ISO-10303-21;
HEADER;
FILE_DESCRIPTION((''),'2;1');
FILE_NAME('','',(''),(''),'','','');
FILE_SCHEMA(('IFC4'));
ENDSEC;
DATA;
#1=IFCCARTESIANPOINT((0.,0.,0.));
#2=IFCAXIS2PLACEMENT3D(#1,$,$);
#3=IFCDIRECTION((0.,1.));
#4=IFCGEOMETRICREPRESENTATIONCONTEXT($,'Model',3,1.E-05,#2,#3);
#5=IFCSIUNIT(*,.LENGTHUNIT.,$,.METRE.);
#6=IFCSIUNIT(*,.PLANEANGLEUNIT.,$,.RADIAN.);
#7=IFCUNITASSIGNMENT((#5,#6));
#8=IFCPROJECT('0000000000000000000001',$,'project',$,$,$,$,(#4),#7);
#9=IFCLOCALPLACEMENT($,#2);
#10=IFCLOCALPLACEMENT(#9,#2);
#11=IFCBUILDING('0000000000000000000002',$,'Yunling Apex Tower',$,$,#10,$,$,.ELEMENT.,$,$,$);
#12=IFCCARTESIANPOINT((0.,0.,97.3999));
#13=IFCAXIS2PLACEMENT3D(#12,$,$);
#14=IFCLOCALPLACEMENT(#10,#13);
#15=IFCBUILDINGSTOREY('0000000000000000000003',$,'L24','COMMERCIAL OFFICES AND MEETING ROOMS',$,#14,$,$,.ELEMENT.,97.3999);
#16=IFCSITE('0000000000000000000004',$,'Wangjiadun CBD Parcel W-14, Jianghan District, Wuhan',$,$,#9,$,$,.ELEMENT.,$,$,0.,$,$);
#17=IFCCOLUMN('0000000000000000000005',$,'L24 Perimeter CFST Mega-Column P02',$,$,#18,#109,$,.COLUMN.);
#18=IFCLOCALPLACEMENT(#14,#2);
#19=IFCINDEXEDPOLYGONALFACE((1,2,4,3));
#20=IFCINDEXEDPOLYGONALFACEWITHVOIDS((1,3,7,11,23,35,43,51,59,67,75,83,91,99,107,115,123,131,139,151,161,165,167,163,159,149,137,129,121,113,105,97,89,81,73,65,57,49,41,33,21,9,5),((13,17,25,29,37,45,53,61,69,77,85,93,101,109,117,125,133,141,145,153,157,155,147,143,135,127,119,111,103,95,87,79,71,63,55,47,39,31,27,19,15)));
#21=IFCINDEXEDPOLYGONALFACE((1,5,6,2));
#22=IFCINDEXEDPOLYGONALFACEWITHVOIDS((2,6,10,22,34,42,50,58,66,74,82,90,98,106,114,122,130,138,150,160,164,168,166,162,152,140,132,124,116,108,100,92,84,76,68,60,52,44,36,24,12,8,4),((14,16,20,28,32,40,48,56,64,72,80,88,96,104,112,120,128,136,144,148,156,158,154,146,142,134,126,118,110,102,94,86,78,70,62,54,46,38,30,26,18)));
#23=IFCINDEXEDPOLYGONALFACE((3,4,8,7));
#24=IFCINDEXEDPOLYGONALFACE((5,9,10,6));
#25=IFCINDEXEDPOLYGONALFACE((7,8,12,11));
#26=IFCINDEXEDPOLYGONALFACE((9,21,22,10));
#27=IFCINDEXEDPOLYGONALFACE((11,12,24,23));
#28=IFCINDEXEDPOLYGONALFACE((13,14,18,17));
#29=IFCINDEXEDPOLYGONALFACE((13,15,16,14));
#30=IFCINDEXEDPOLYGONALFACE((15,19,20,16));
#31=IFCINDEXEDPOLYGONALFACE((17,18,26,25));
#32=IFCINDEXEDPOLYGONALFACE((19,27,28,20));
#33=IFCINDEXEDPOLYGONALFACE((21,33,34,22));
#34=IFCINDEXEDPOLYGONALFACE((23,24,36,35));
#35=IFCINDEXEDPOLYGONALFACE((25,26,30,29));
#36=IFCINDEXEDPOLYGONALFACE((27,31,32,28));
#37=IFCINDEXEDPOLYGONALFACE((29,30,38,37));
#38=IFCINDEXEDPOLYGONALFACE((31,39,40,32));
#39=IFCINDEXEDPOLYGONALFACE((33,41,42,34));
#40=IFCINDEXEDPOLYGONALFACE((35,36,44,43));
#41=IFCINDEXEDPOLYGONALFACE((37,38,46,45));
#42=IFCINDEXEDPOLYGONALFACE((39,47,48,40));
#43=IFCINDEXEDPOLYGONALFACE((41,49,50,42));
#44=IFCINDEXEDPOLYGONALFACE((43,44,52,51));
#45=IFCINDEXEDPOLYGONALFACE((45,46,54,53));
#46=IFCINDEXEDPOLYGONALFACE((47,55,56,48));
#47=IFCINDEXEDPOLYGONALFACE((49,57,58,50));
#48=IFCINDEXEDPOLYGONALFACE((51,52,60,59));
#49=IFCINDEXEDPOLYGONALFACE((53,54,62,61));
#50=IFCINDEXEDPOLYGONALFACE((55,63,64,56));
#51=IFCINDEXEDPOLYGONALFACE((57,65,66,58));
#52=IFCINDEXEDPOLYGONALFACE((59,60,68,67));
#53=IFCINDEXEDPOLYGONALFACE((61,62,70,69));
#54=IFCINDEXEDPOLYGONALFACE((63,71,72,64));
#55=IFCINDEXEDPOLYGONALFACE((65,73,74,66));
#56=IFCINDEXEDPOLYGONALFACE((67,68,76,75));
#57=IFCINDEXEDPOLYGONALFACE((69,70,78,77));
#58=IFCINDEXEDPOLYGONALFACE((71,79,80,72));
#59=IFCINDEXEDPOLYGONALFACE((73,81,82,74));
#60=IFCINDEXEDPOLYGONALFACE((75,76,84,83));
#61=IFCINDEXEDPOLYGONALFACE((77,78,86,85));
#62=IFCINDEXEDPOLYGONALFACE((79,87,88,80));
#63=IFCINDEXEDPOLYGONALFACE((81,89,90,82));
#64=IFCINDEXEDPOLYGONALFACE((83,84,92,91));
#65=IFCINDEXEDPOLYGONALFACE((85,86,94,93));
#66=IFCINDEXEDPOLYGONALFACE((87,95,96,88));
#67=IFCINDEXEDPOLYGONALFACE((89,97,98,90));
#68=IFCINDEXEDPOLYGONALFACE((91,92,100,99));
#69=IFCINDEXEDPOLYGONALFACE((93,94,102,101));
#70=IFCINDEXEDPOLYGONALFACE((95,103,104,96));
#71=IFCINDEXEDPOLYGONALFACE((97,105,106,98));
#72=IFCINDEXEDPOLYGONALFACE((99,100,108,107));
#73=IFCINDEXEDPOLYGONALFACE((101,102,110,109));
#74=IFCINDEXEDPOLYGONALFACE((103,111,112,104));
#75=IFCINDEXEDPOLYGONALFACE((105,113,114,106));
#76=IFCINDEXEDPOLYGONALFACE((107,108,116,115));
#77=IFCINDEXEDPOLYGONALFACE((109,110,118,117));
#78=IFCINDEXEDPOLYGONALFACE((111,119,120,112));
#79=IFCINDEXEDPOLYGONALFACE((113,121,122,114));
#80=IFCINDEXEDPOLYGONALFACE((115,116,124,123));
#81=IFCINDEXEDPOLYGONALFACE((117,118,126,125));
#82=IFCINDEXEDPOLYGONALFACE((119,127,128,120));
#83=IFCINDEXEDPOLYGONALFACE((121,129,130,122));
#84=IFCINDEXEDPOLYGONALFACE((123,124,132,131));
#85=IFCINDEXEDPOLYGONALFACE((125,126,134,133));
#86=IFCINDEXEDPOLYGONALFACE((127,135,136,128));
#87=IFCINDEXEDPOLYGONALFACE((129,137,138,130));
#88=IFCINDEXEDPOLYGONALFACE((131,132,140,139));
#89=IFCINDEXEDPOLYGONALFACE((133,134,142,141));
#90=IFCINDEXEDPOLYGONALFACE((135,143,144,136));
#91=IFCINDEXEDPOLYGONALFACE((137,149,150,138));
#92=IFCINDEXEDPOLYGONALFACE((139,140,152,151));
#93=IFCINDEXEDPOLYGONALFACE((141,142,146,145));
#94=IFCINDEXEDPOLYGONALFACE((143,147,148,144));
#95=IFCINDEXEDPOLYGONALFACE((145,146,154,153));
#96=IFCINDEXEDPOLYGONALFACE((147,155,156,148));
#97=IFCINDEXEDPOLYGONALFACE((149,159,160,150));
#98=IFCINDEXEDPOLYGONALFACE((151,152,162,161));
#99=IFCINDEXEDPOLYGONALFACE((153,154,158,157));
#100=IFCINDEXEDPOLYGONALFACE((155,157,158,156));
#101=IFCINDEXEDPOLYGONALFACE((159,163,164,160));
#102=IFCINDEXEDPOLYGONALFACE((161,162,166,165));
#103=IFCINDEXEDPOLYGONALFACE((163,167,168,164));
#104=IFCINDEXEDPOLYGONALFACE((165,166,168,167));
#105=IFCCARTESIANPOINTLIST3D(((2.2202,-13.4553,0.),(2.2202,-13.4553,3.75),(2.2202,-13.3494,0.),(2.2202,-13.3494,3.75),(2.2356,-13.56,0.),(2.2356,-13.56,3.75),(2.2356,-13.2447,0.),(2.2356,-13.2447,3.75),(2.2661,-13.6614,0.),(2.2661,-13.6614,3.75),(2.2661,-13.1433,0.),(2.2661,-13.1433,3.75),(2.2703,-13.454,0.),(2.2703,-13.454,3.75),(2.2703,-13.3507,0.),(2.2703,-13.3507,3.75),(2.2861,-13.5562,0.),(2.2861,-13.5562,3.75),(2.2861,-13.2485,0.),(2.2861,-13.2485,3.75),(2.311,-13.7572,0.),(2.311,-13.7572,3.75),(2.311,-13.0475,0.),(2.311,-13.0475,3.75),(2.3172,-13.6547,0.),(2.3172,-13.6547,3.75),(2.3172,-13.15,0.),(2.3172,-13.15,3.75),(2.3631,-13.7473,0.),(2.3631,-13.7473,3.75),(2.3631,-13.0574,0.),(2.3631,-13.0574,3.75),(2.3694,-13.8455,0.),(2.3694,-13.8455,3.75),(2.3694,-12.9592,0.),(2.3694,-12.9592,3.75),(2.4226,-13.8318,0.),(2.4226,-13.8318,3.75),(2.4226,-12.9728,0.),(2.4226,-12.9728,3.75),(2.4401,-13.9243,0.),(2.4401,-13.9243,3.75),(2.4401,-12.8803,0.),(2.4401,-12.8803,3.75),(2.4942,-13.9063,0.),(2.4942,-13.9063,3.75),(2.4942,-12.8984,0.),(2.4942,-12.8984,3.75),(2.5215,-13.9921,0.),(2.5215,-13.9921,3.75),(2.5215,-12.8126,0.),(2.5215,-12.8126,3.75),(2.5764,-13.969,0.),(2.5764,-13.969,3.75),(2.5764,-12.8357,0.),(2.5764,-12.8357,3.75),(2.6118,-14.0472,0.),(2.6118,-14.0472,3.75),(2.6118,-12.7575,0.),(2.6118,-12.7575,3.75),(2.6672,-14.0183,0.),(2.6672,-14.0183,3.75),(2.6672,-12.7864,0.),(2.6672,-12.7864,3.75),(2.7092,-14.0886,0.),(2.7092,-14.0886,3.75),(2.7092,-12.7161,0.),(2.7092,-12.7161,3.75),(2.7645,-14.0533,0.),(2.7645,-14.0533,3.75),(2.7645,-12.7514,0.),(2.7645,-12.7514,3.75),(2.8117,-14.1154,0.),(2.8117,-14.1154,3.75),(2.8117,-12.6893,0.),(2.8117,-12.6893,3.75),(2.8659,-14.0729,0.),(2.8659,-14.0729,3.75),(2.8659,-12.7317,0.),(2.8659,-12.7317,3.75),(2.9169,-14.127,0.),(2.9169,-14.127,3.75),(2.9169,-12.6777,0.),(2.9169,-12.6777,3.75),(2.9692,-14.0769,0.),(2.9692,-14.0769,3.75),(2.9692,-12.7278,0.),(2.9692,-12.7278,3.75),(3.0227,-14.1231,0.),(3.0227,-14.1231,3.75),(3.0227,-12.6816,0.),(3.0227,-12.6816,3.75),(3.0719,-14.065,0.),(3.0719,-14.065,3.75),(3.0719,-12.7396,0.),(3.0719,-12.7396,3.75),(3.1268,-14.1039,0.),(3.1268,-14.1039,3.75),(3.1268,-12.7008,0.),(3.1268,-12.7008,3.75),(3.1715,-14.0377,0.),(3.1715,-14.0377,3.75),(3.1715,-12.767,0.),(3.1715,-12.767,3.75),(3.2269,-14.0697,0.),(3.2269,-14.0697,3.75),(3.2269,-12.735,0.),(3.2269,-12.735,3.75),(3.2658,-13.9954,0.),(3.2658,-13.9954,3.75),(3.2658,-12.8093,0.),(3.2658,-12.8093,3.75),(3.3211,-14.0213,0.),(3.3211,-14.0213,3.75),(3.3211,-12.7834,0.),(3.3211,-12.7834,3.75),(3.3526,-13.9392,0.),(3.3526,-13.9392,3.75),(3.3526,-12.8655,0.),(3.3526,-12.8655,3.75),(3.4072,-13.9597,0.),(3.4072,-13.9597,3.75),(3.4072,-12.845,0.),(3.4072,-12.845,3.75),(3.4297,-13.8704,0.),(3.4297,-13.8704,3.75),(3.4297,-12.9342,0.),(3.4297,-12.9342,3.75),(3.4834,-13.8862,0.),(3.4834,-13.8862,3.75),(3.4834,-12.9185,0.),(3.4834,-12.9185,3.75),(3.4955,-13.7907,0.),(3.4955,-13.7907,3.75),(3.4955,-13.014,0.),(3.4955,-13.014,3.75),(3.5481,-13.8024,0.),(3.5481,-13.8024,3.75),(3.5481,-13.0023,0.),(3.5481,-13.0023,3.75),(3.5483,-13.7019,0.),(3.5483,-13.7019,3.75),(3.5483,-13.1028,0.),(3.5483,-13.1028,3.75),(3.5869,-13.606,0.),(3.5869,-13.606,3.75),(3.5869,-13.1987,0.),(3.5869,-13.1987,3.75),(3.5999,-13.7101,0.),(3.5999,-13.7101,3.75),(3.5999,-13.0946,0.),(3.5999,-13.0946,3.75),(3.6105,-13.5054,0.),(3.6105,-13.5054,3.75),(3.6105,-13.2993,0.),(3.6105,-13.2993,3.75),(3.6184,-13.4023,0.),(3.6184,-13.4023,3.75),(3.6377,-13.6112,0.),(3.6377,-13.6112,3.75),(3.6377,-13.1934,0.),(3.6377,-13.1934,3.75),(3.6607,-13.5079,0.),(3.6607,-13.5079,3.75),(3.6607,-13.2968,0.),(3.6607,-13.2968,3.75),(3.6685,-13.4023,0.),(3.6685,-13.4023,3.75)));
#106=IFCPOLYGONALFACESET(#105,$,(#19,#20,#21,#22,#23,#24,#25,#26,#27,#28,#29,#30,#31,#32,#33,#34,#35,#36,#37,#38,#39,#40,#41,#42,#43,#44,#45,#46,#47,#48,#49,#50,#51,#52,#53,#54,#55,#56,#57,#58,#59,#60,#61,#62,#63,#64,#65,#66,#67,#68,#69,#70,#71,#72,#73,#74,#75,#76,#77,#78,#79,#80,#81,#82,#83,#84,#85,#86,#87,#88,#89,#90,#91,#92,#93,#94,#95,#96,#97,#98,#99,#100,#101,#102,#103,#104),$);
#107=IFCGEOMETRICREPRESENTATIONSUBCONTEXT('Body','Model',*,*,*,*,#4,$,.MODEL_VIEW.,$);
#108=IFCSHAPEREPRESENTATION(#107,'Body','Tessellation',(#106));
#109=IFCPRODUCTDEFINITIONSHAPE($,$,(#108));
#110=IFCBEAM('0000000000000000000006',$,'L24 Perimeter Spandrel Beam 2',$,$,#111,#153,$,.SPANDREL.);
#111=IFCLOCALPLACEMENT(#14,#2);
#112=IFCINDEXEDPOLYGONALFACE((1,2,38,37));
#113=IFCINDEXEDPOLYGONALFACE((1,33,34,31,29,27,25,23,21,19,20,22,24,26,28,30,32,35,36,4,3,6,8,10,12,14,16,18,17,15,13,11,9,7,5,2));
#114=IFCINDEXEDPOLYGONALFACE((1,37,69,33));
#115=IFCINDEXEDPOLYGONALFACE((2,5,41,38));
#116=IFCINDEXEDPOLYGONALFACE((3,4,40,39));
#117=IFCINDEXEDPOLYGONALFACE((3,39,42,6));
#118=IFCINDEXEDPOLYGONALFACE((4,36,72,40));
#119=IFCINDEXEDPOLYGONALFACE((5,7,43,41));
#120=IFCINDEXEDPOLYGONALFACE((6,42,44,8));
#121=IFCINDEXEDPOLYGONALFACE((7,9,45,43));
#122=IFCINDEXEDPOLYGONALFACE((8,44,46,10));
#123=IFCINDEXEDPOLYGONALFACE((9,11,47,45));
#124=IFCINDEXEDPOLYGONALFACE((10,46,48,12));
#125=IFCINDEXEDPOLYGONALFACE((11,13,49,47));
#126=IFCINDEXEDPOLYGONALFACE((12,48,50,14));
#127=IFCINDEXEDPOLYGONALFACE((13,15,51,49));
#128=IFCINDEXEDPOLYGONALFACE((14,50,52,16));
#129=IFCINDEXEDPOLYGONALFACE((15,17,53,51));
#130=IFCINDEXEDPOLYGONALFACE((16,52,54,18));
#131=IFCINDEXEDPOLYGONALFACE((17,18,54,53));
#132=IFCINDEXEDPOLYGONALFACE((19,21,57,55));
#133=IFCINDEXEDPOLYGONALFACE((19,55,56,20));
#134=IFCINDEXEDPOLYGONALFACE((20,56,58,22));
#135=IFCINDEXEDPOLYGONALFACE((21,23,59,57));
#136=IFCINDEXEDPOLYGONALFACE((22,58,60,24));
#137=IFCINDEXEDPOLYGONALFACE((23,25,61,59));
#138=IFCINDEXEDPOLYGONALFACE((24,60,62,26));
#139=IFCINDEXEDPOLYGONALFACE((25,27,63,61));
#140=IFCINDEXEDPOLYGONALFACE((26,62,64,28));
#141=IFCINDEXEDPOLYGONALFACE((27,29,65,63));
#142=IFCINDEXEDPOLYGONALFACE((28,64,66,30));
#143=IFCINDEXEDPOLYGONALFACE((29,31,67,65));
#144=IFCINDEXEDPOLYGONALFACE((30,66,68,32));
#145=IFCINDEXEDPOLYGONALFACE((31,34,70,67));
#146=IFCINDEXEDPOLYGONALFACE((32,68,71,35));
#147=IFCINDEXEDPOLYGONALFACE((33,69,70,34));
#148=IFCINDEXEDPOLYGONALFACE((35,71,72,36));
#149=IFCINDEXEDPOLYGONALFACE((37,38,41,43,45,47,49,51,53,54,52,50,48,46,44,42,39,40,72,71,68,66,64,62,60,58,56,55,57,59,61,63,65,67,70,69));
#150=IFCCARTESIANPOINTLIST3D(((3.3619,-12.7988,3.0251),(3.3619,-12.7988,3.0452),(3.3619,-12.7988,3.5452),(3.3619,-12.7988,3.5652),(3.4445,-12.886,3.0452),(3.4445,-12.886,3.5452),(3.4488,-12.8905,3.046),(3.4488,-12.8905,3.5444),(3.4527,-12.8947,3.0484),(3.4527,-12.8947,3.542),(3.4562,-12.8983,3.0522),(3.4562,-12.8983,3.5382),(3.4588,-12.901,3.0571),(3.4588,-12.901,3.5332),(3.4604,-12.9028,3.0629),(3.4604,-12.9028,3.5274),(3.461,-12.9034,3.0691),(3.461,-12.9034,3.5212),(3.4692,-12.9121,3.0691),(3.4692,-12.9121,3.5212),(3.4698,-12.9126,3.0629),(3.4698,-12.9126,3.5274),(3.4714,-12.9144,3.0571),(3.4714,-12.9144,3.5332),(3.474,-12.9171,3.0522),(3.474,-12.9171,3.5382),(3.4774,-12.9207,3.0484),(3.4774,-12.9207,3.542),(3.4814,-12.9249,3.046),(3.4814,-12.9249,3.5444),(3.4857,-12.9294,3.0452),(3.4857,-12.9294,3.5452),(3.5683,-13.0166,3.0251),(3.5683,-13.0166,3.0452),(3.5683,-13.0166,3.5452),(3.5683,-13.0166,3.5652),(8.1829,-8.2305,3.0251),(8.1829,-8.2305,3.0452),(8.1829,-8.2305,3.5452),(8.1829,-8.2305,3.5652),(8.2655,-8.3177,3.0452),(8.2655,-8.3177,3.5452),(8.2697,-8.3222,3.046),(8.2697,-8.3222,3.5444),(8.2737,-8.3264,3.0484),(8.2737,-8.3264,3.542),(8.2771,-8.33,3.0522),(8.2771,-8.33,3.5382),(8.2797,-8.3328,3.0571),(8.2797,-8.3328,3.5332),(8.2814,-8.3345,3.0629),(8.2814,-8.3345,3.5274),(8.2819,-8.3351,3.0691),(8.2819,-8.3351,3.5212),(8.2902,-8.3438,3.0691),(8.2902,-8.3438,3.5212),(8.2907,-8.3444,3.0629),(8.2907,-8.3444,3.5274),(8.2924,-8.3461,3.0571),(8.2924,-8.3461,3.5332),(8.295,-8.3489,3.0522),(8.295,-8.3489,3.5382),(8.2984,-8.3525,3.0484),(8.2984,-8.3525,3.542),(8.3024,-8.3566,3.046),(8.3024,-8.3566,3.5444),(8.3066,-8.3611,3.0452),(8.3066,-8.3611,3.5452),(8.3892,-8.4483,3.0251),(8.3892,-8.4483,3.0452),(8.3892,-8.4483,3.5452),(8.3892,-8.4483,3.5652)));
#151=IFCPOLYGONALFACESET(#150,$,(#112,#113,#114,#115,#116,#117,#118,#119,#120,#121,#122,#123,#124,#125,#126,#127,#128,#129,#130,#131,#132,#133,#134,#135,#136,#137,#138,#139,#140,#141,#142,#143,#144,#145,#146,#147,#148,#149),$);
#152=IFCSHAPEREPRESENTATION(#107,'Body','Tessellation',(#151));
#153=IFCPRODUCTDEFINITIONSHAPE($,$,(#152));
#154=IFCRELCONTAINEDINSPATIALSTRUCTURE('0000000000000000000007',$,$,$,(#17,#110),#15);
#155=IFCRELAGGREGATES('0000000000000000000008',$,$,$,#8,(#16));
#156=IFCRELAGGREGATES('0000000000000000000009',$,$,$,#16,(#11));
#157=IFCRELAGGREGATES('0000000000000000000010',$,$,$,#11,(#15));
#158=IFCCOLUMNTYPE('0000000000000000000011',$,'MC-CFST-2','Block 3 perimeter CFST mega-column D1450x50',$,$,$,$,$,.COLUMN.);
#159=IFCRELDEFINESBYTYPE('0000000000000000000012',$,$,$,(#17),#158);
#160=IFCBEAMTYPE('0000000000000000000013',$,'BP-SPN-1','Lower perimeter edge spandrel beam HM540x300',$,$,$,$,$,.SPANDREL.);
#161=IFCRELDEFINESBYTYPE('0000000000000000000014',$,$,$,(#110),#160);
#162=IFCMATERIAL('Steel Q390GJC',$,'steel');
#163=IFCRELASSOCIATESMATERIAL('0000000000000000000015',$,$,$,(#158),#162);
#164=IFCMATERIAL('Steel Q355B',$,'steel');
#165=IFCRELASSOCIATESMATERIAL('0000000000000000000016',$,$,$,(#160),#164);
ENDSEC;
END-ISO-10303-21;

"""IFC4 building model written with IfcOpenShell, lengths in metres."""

from ifc_helpers import new_model, si_unit, direction, frame, origin, origin_2d, place, context, subcontext, project, spatial, hollow_circle, i_section, extrude, source, transform, mapped, material, material_profile, profile_set, type_object, element, save


model = new_model("IFC4")

# Units and contexts
model_context = context("Model", 3, precision=1e-05, world=origin(), true_north=direction((0.0, 1.0)))
body_context = subcontext(model_context, "Body", "Model", "MODEL_VIEW")
ifc_project = project(units=[si_unit("LENGTHUNIT", "METRE"), si_unit("PLANEANGLEUNIT", "RADIAN")], contexts=[model_context])

# Site, building, storey
site_placement = place(None, origin())
site = spatial("IfcSite", under=ifc_project, at=site_placement, Name="Wangjiadun CBD Parcel W-14, Jianghan District, Wuhan", CompositionType="ELEMENT", RefElevation=0.0)
building_placement = place(site_placement, origin())
building = spatial("IfcBuilding", under=site, at=building_placement, Name="Yunling Apex Tower", CompositionType="ELEMENT")
storey_placement = place(building_placement, frame((0.0, 0.0, 97.3999)))
storey = spatial("IfcBuildingStorey", under=building, at=storey_placement, Name="L24", Description="COMMERCIAL OFFICES AND MEETING ROOMS", CompositionType="ELEMENT", Elevation=97.3999)

# Column
ifc_material_1 = material(Name="Steel Q390GJC", Category="steel")
ifc_material_profile_1 = material_profile(ifc_material_1, hollow_circle(Radius=0.7251, WallThickness=0.05, at=origin_2d()))
ifc_profile_set_1 = profile_set([ifc_material_profile_1], Name="Steel Q390GJC")
column_type = type_object("IfcColumnType", Name="MC-CFST-2", Description="Block 3 perimeter CFST mega-column D1450x50", PredefinedType="COLUMN", material=ifc_profile_set_1)
shared_shape_1 = source(origin(), body_context, "Body", "SweptSolid", [
    extrude(hollow_circle(Radius=0.7251, WallThickness=0.05, at=origin_2d()), origin(), (0.0, 0.0, 1.0), 3.75),
])
column_placement = place(storey_placement, frame((2.9434, -13.4023, 0.0), z_axis=(0.0, 0.0, 1.0), x_axis=(1.0, 0.0, 0.0)))
element("IfcColumn", 1, at=column_placement, inside=storey, type_object=column_type, Name="L24 Perimeter CFST Mega-Column P02", PredefinedType="COLUMN", context=body_context, shape_type="MappedRepresentation", body=[
    mapped(shared_shape_1, transform((0.0, 0.0, 0.0), scale=1.0)),
])

# Beam
ifc_material_2 = material(Name="Steel Q355B", Category="steel")
ifc_material_profile_2 = material_profile(ifc_material_2, i_section(OverallWidth=0.3, OverallDepth=0.54, WebThickness=0.012, FlangeThickness=0.02, FilletRadius=0.0239, at=origin_2d()))
ifc_profile_set_2 = profile_set([ifc_material_profile_2], Name="Steel Q355B")
beam_type_1 = type_object("IfcBeamType", Name="BP-SPN-1", Description="Lower perimeter edge spandrel beam HM540x300", PredefinedType="SPANDREL", material=ifc_profile_set_2)
shared_shape_2 = source(origin(), body_context, "Body", "SweptSolid", [
    extrude(i_section(OverallWidth=0.3, OverallDepth=0.54, WebThickness=0.012, FlangeThickness=0.02, FilletRadius=0.0239, at=origin_2d()), origin(), (0.0, 0.0, 1.0), 6.6416),
])
beam_1_placement = place(storey_placement, frame((3.4651, -12.9077, 3.2952), z_axis=(0.725873, 0.687828, 0.0), x_axis=(-0.687828, 0.725873, 0.0)))
element("IfcBeam", 2, at=beam_1_placement, inside=storey, type_object=beam_type_1, Name="L24 Perimeter Spandrel Beam 2", PredefinedType="SPANDREL", context=body_context, shape_type="MappedRepresentation", body=[
    mapped(shared_shape_2, transform((0.0, 0.0, 0.0), scale=1.0)),
])

save(model, "model.ifc")
